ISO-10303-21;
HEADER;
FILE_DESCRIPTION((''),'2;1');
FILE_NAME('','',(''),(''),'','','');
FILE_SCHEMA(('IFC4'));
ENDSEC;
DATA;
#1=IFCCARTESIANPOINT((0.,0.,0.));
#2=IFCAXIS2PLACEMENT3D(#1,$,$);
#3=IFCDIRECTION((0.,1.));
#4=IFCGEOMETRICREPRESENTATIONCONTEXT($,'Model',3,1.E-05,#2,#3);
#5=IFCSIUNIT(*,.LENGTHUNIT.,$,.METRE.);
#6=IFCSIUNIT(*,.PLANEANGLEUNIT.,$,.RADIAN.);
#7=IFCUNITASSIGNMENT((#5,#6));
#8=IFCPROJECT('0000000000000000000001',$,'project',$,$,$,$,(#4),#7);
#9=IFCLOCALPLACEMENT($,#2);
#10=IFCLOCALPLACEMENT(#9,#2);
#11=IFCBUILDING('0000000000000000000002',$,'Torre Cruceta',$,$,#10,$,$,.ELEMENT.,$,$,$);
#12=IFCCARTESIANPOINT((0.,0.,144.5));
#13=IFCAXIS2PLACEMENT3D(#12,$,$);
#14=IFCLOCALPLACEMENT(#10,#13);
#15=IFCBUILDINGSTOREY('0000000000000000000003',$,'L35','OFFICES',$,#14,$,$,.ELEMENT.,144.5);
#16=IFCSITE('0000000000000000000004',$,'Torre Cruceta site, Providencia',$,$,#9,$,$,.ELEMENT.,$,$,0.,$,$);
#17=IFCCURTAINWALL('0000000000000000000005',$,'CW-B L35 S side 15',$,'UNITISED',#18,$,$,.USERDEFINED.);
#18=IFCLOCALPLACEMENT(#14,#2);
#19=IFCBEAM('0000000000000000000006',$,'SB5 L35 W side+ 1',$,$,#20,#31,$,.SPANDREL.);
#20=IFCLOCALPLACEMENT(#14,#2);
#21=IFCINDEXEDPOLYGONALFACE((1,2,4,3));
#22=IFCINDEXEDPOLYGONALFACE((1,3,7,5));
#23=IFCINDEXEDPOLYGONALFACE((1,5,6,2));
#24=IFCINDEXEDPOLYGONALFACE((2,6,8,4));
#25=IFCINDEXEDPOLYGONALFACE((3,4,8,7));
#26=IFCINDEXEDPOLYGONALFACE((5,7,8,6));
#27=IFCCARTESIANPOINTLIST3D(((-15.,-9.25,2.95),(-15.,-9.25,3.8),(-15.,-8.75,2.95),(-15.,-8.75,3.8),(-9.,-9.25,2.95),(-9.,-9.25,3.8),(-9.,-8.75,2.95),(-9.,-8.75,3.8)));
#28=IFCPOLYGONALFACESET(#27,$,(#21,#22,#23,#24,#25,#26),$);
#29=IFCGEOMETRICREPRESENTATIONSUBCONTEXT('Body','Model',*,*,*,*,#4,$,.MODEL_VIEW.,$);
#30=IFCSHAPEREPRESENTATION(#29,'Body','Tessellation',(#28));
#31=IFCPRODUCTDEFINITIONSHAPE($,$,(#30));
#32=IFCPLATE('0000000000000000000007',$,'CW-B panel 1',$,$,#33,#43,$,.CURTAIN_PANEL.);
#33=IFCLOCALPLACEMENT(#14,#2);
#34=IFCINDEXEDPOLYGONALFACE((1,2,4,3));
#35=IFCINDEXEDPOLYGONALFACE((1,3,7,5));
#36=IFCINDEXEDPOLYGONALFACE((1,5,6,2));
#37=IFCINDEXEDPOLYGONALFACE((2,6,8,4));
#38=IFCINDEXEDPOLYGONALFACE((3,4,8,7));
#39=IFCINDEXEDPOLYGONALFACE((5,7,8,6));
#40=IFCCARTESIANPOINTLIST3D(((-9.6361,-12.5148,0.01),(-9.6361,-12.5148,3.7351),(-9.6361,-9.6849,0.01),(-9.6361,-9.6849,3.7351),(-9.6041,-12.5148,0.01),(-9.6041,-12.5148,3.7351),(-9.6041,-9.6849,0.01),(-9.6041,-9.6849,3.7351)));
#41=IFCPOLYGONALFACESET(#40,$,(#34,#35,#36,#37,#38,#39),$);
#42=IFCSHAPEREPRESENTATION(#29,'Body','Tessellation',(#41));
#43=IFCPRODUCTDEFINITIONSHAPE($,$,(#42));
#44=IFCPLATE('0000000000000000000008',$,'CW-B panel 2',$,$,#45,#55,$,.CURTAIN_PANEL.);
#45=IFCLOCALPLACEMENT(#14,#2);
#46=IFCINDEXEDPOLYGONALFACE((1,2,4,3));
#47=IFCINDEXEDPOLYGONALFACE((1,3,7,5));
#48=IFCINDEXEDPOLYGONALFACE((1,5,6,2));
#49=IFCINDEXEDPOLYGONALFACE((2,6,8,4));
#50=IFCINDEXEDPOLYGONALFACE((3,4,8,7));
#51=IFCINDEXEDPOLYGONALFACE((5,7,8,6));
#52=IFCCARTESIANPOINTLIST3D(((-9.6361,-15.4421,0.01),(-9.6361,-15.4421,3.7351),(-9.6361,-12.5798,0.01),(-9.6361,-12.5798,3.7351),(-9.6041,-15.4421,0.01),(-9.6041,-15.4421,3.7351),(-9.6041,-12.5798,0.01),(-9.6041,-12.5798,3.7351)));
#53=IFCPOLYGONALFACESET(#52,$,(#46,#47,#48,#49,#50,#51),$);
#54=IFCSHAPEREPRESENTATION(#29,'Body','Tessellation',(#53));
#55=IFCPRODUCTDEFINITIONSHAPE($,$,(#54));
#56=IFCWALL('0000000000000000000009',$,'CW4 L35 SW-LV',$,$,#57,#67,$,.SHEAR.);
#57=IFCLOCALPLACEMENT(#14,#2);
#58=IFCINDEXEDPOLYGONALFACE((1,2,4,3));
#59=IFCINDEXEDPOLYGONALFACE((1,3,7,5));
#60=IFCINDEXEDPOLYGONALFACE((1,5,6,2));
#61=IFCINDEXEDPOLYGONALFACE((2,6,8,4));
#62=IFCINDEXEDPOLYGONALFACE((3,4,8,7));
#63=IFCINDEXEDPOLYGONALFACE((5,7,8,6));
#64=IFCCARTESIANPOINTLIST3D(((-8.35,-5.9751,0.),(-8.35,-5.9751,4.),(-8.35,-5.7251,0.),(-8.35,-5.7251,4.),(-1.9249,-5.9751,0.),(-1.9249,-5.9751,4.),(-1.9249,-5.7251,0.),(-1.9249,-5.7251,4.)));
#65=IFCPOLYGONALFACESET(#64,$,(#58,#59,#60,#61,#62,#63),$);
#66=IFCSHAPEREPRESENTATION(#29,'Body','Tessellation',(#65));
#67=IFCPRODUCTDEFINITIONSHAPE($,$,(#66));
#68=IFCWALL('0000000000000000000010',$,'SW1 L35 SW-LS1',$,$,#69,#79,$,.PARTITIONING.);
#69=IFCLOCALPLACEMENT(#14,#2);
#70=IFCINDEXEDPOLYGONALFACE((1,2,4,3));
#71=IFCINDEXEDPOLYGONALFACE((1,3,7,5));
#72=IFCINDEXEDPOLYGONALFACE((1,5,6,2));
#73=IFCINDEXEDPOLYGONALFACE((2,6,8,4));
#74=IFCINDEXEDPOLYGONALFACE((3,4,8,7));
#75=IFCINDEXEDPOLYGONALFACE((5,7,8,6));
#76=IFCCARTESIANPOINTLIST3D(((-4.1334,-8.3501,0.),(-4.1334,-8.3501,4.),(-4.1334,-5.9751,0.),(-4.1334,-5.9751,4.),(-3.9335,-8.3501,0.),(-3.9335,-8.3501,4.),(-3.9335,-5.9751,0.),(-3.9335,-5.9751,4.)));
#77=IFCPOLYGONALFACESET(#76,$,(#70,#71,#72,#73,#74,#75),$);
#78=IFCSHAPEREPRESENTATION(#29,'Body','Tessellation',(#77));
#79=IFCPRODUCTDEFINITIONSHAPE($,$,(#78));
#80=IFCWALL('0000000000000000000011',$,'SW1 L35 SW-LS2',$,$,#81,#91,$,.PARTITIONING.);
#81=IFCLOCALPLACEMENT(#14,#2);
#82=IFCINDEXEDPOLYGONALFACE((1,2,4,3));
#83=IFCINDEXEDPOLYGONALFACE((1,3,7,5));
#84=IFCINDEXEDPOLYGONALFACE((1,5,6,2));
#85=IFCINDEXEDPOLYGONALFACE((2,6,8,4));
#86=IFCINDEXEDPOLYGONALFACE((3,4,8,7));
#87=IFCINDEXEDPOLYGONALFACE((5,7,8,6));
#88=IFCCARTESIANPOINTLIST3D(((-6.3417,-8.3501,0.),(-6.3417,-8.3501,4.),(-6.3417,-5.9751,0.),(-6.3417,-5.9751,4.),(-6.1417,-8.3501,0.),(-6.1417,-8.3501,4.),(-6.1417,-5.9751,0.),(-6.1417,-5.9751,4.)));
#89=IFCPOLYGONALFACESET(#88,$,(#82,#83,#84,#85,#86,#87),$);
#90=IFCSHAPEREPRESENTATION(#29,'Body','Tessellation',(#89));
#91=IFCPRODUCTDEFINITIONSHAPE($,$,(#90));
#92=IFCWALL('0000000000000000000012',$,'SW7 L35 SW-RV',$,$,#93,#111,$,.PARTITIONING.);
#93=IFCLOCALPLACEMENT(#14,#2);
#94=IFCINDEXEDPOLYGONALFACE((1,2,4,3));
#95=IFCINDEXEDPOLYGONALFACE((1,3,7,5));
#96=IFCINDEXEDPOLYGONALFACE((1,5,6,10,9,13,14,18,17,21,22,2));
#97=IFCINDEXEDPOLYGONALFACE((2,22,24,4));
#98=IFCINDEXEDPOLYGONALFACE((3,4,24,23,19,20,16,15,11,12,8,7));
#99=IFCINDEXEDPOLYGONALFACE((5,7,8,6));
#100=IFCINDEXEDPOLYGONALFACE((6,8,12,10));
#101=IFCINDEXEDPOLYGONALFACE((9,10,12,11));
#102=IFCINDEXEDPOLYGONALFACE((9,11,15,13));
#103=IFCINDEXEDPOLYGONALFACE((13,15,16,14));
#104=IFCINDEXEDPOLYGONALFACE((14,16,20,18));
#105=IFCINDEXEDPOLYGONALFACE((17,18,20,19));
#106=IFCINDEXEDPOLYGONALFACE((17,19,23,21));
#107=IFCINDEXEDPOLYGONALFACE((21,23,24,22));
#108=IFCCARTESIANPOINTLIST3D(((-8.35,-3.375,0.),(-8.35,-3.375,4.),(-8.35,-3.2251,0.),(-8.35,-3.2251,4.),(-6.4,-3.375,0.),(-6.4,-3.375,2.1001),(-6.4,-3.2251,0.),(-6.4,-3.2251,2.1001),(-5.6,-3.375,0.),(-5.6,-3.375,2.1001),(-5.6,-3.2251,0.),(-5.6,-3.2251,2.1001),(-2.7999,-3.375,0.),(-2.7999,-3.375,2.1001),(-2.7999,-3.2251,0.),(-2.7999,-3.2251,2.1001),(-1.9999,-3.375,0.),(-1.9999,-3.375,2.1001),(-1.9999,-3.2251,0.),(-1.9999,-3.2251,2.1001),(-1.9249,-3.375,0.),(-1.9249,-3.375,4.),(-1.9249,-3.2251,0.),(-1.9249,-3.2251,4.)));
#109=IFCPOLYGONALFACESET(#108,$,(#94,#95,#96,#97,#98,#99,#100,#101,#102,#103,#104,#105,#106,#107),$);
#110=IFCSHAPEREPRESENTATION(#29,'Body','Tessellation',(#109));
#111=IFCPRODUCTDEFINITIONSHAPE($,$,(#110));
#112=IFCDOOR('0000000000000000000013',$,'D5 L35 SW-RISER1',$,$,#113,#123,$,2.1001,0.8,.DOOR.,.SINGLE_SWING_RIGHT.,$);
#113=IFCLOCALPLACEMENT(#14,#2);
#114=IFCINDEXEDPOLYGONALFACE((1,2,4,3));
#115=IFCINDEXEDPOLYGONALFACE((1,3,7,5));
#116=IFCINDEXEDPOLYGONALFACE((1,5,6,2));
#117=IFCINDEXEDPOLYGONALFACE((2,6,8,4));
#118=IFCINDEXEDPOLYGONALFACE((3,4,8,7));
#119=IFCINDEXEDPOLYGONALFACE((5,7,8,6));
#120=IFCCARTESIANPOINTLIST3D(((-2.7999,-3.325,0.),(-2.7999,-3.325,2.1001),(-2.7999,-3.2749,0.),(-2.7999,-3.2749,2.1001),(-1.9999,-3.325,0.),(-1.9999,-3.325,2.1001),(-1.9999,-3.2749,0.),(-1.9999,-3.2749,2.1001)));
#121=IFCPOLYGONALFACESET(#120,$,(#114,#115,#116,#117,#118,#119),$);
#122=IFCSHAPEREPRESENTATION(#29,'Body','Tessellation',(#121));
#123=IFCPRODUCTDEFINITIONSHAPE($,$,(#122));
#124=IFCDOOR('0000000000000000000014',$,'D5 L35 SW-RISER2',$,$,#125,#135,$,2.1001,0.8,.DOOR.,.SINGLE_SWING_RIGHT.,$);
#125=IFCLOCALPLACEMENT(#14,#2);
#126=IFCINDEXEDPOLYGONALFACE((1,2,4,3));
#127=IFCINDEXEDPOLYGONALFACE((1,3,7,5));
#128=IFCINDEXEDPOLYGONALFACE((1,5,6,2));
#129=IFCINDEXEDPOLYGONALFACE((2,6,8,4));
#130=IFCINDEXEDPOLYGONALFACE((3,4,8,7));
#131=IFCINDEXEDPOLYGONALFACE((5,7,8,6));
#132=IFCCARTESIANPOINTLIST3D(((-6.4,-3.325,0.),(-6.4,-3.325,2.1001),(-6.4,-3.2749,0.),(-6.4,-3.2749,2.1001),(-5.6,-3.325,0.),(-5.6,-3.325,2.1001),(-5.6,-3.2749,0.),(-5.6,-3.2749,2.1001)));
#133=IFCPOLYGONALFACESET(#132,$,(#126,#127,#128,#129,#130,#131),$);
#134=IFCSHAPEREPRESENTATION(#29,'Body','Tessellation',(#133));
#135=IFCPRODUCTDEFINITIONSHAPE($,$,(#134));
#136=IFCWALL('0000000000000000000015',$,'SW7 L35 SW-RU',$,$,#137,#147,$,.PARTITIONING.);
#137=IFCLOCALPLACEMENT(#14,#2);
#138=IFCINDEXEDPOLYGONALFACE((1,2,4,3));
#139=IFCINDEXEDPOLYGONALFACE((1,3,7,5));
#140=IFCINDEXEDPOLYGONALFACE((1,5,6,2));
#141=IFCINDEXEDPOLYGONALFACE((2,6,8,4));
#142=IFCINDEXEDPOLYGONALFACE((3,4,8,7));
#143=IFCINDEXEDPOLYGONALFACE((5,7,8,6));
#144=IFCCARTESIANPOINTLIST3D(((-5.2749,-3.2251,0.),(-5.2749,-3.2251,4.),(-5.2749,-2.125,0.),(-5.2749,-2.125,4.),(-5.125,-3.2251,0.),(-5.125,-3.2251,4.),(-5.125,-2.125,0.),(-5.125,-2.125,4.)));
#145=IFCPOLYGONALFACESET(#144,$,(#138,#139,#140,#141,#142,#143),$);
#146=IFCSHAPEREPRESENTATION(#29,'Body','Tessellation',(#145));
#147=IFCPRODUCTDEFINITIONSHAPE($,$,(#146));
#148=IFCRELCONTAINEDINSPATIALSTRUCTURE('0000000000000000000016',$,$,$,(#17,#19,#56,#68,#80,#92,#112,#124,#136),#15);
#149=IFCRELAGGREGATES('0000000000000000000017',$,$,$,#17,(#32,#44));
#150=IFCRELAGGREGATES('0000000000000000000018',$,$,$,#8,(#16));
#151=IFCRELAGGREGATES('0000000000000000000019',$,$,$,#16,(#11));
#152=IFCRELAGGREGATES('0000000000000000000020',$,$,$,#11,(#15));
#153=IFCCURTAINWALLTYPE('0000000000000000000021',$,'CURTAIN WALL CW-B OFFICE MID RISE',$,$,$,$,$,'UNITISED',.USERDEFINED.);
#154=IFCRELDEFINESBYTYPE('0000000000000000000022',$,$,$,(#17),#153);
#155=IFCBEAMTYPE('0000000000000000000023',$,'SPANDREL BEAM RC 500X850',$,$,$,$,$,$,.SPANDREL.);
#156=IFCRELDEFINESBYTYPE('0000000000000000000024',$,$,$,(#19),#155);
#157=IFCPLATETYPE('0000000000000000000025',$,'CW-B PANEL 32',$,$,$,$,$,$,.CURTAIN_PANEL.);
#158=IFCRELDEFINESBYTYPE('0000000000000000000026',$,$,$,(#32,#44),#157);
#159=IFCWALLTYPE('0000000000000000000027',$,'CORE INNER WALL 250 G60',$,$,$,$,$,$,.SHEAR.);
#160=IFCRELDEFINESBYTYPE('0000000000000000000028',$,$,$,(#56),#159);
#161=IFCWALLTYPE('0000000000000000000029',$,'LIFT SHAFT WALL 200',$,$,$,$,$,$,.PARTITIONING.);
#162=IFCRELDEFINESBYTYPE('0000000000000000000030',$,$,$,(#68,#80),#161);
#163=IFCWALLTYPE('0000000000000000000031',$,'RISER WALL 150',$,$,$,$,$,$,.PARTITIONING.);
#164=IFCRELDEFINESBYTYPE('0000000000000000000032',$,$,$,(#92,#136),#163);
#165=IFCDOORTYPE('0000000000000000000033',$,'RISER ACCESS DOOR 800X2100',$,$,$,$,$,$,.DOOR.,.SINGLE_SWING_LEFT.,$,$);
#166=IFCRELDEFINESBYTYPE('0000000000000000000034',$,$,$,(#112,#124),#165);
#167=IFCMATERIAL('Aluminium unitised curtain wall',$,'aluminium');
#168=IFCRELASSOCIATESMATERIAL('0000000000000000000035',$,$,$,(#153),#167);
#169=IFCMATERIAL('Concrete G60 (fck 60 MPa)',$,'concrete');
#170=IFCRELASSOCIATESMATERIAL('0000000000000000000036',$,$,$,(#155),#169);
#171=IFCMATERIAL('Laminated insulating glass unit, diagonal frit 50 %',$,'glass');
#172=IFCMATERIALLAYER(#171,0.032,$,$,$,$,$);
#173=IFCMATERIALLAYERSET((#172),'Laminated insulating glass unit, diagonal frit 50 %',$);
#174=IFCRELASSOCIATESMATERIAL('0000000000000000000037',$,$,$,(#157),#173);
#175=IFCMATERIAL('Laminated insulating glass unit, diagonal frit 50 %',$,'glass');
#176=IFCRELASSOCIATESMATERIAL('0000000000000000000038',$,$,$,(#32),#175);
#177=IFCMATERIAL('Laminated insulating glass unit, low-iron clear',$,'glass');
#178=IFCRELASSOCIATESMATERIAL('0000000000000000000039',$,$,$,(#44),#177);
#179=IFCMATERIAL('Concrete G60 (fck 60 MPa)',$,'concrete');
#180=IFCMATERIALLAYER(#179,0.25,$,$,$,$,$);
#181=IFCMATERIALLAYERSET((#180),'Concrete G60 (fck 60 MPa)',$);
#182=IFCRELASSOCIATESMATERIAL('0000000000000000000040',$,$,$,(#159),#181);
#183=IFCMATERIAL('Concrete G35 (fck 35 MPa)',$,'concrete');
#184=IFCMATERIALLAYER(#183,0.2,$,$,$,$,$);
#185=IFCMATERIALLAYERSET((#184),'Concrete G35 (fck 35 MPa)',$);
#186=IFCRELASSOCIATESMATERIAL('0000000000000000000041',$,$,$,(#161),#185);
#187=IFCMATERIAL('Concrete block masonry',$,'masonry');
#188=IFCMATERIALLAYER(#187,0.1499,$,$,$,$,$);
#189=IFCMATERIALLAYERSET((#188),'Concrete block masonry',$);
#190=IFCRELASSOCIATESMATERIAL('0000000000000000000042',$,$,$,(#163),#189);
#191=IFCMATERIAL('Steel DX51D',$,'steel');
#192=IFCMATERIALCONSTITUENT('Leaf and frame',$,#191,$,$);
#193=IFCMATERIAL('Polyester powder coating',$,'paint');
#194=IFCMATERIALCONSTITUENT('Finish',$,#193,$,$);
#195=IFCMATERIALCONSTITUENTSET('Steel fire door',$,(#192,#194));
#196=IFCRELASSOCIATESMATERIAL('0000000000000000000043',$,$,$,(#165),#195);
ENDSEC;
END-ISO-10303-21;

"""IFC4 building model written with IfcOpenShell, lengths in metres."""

from ifc_helpers import new_model, si_unit, direction, frame, frame_2d, origin, origin_2d, place, context, subcontext, project, spatial, rectangle, extrude, material, layer, layer_set, constituent, constituent_set, material_profile, profile_set, type_object, element, fill, aggregate, save


model = new_model("IFC4")

# Units and contexts
model_context = context("Model", 3, precision=1e-05, world=origin(), true_north=direction((0.0, 1.0)))
body_context = subcontext(model_context, "Body", "Model", "MODEL_VIEW")
ifc_project = project(units=[si_unit("LENGTHUNIT", "METRE"), si_unit("PLANEANGLEUNIT", "RADIAN")], contexts=[model_context])

# Site, building, storey
site_placement = place(None, origin())
site = spatial("IfcSite", under=ifc_project, at=site_placement, Name="Torre Cruceta site, Providencia", CompositionType="ELEMENT", RefElevation=0.0)
building_placement = place(site_placement, origin())
building = spatial("IfcBuilding", under=site, at=building_placement, Name="Torre Cruceta", CompositionType="ELEMENT")
storey_placement = place(building_placement, frame((0.0, 0.0, 144.5)))
storey = spatial("IfcBuildingStorey", under=building, at=storey_placement, Name="L35", Description="OFFICES", CompositionType="ELEMENT", Elevation=144.5)

# Curtain wall
ifc_material_1 = material(Name="Aluminium unitised curtain wall", Category="aluminium")
curtain_wall_type = type_object("IfcCurtainWallType", Name="CURTAIN WALL CW-B OFFICE MID RISE", ElementType="UNITISED", PredefinedType="USERDEFINED", material=ifc_material_1)
curtain_wall_placement = place(storey_placement, origin())
curtain_wall = element("IfcCurtainWall", 1, at=curtain_wall_placement, inside=storey, type_object=curtain_wall_type, Name="CW-B L35 S side 15", ObjectType="UNITISED", PredefinedType="USERDEFINED")

# Beam
ifc_material_2 = material(Name="Concrete G60 (fck 60 MPa)", Category="concrete")
ifc_material_profile_1 = material_profile(ifc_material_2, rectangle(XDim=0.5, YDim=0.8501, at=origin_2d()), Name="RC 500X850")
ifc_profile_set_1 = profile_set([ifc_material_profile_1], Name="Concrete G60 (fck 60 MPa)")
beam_type_1 = type_object("IfcBeamType", Name="SPANDREL BEAM RC 500X850", PredefinedType="SPANDREL", material=ifc_profile_set_1)
beam_1_placement = place(storey_placement, frame((-9.0, -9.0, 3.375), z_axis=(-1.0, 0.0, 0.0), x_axis=(0.0, -1.0, 0.0)))
element("IfcBeam", 2, at=beam_1_placement, inside=storey, type_object=beam_type_1, Name="SB5 L35 W side+ 1", PredefinedType="SPANDREL", context=body_context, shape_type="SweptSolid", body=[
    extrude(rectangle(XDim=0.5, YDim=0.8501, at=origin_2d()), origin(), (0.0, 0.0, 1.0), 6.0),
])

# Plates
ifc_material_3 = material(Name="Laminated insulating glass unit, diagonal frit 50 %", Category="glass")
ifc_material_4 = material(Name="Laminated insulating glass unit, diagonal frit 50 %", Category="glass")
ifc_layer_1 = layer(ifc_material_4, 0.032)
ifc_layer_set_1 = layer_set([ifc_layer_1], Name="Laminated insulating glass unit, diagonal frit 50 %")
plate_type = type_object("IfcPlateType", Name="CW-B PANEL 32", PredefinedType="CURTAIN_PANEL", material=ifc_layer_set_1)
plate_1_placement = place(storey_placement, frame((-9.6201, -11.0999, 0.01), z_axis=(0.0, 0.0, 1.0), x_axis=(0.0, -1.0, 0.0)))
plate_1 = element("IfcPlate", 3, at=plate_1_placement, type_object=plate_type, material=ifc_material_3, Name="CW-B panel 1", PredefinedType="CURTAIN_PANEL", context=body_context, shape_type="SweptSolid", body=[
    extrude(rectangle(XDim=2.8298, YDim=0.032, at=origin_2d()), origin(), (0.0, 0.0, 1.0), 3.7251),
])
ifc_material_5 = material(Name="Laminated insulating glass unit, low-iron clear", Category="glass")
plate_2_placement = place(storey_placement, frame((-9.6201, -14.011, 0.01), z_axis=(0.0, 0.0, 1.0), x_axis=(0.0, -1.0, 0.0)))
plate_2 = element("IfcPlate", 4, at=plate_2_placement, type_object=plate_type, material=ifc_material_5, Name="CW-B panel 2", PredefinedType="CURTAIN_PANEL", context=body_context, shape_type="SweptSolid", body=[
    extrude(rectangle(XDim=2.8623, YDim=0.032, at=origin_2d()), origin(), (0.0, 0.0, 1.0), 3.7251),
])
aggregate(curtain_wall, [plate_1, plate_2])

# Wall
ifc_material_6 = material(Name="Concrete G60 (fck 60 MPa)", Category="concrete")
ifc_layer_2 = layer(ifc_material_6, 0.25)
ifc_layer_set_2 = layer_set([ifc_layer_2], Name="Concrete G60 (fck 60 MPa)")
wall_type_1 = type_object("IfcWallType", Name="CORE INNER WALL 250 G60", PredefinedType="SHEAR", material=ifc_layer_set_2)
wall_1_placement = place(storey_placement, frame((-1.925, -5.8501, 0.0), z_axis=(0.0, 0.0, 1.0), x_axis=(-1.0, 0.0, 0.0)))
element("IfcWall", 5, at=wall_1_placement, inside=storey, type_object=wall_type_1, Name="CW4 L35 SW-LV", PredefinedType="SHEAR", context=body_context, shape_type="SweptSolid", body=[
    extrude(rectangle(XDim=6.425, YDim=0.25, at=frame_2d((3.2124, 0.0))), origin(), (0.0, 0.0, 1.0), 4.0),
])

# Walls
ifc_material_7 = material(Name="Concrete G35 (fck 35 MPa)", Category="concrete")
ifc_layer_3 = layer(ifc_material_7, 0.2)
ifc_layer_set_3 = layer_set([ifc_layer_3], Name="Concrete G35 (fck 35 MPa)")
wall_type_2 = type_object("IfcWallType", Name="LIFT SHAFT WALL 200", PredefinedType="PARTITIONING", material=ifc_layer_set_3)
for number, where, z_axis, x_axis, name in (
    (6, (-4.0334, -5.9751, 0.0), (0.0, 0.0, 1.0), (0.0, -1.0, 0.0), "SW1 L35 SW-LS1"),
    (7, (-6.2417, -5.9751, 0.0), (0.0, 0.0, 1.0), (0.0, -1.0, 0.0), "SW1 L35 SW-LS2"),
):
    element("IfcWall", number, at=place(storey_placement, frame(where, z_axis=z_axis, x_axis=x_axis)), inside=storey, type_object=wall_type_2, Name=name, PredefinedType="PARTITIONING", context=body_context, shape_type="SweptSolid", body=[
        extrude(rectangle(XDim=2.375, YDim=0.2, at=frame_2d((1.1875, 0.0))), origin(), (0.0, 0.0, 1.0), 4.0),
    ])

# Wall, openings, doors
ifc_material_8 = material(Name="Concrete block masonry", Category="masonry")
ifc_layer_4 = layer(ifc_material_8, 0.1499)
ifc_layer_set_4 = layer_set([ifc_layer_4], Name="Concrete block masonry")
wall_type_3 = type_object("IfcWallType", Name="RISER WALL 150", PredefinedType="PARTITIONING", material=ifc_layer_set_4)
wall_2_placement = place(storey_placement, frame((-1.925, -3.3, 0.0), z_axis=(0.0, 0.0, 1.0), x_axis=(-1.0, 0.0, 0.0)))
wall_2 = element("IfcWall", 8, at=wall_2_placement, inside=storey, type_object=wall_type_3, Name="SW7 L35 SW-RV", PredefinedType="PARTITIONING", context=body_context, shape_type="SweptSolid", body=[
    extrude(rectangle(XDim=6.425, YDim=0.1499, at=frame_2d((3.2124, 0.0))), origin(), (0.0, 0.0, 1.0), 4.0),
])
opening_1_placement = place(wall_2_placement, frame((0.075, 0.0, 0.0)))
opening_1 = element("IfcOpeningElement", 9, at=opening_1_placement, cuts=wall_2, PredefinedType="OPENING", context=body_context, shape_type="SweptSolid", body=[
    extrude(rectangle(XDim=0.8, YDim=2.1001, at=frame_2d((0.3999, 1.05))), frame((0.0, 0.085, 0.0), z_axis=(0.0, -1.0, 0.0), x_axis=(1.0, 0.0, 0.0)), (0.0, 0.0, 1.0), 0.1699),
])
opening_2_placement = place(wall_2_placement, frame((3.675, 0.0, 0.0)))
opening_2 = element("IfcOpeningElement", 10, at=opening_2_placement, cuts=wall_2, PredefinedType="OPENING", context=body_context, shape_type="SweptSolid", body=[
    extrude(rectangle(XDim=0.8, YDim=2.1001, at=frame_2d((0.3999, 1.05))), frame((0.0, 0.085, 0.0), z_axis=(0.0, -1.0, 0.0), x_axis=(1.0, 0.0, 0.0)), (0.0, 0.0, 1.0), 0.1699),
])
ifc_material_9 = material(Name="Steel DX51D", Category="steel")
ifc_constituent_1 = constituent(ifc_material_9, Name="Leaf and frame")
ifc_material_10 = material(Name="Polyester powder coating", Category="paint")
ifc_constituent_2 = constituent(ifc_material_10, Name="Finish")
ifc_constituent_set_1 = constituent_set(constituents=[ifc_constituent_1, ifc_constituent_2], Name="Steel fire door")
door_type_1 = type_object("IfcDoorType", Name="RISER ACCESS DOOR 800X2100", OperationType="SINGLE_SWING_LEFT", PredefinedType="DOOR", material=ifc_constituent_set_1)
door_1_placement = place(opening_1_placement, frame((0.8, 0.0, 0.0), z_axis=(0.0, 0.0, 1.0), x_axis=(-1.0, 0.0, 0.0)))
door_1 = element("IfcDoor", 11, at=door_1_placement, inside=storey, type_object=door_type_1, Name="D5 L35 SW-RISER1", OperationType="SINGLE_SWING_RIGHT", OverallHeight=2.1001, OverallWidth=0.8, PredefinedType="DOOR", context=body_context, shape_type="SweptSolid", body=[
    extrude(rectangle(XDim=0.8, YDim=2.1001, at=frame_2d((0.4001, 1.05))), frame((0.0, 0.0251, 0.0), z_axis=(0.0, -1.0, 0.0), x_axis=(1.0, 0.0, 0.0)), (0.0, 0.0, 1.0), 0.05),
])
fill(opening_1, door_1)
door_2_placement = place(opening_2_placement, frame((0.8, 0.0, 0.0), z_axis=(0.0, 0.0, 1.0), x_axis=(-1.0, 0.0, 0.0)))
door_2 = element("IfcDoor", 12, at=door_2_placement, inside=storey, type_object=door_type_1, Name="D5 L35 SW-RISER2", OperationType="SINGLE_SWING_RIGHT", OverallHeight=2.1001, OverallWidth=0.8, PredefinedType="DOOR", context=body_context, shape_type="SweptSolid", body=[
    extrude(rectangle(XDim=0.8, YDim=2.1001, at=frame_2d((0.4001, 1.05))), frame((0.0, 0.0251, 0.0), z_axis=(0.0, -1.0, 0.0), x_axis=(1.0, 0.0, 0.0)), (0.0, 0.0, 1.0), 0.05),
])
fill(opening_2, door_2)

# Wall
wall_3_placement = place(storey_placement, frame((-5.2, -2.125, 0.0), z_axis=(0.0, 0.0, 1.0), x_axis=(0.0, -1.0, 0.0)))
element("IfcWall", 13, at=wall_3_placement, inside=storey, type_object=wall_type_3, Name="SW7 L35 SW-RU", PredefinedType="PARTITIONING", context=body_context, shape_type="SweptSolid", body=[
    extrude(rectangle(XDim=1.1001, YDim=0.1499, at=frame_2d((0.55, 0.0))), origin(), (0.0, 0.0, 1.0), 4.0),
])

save(model, "model.ifc")
